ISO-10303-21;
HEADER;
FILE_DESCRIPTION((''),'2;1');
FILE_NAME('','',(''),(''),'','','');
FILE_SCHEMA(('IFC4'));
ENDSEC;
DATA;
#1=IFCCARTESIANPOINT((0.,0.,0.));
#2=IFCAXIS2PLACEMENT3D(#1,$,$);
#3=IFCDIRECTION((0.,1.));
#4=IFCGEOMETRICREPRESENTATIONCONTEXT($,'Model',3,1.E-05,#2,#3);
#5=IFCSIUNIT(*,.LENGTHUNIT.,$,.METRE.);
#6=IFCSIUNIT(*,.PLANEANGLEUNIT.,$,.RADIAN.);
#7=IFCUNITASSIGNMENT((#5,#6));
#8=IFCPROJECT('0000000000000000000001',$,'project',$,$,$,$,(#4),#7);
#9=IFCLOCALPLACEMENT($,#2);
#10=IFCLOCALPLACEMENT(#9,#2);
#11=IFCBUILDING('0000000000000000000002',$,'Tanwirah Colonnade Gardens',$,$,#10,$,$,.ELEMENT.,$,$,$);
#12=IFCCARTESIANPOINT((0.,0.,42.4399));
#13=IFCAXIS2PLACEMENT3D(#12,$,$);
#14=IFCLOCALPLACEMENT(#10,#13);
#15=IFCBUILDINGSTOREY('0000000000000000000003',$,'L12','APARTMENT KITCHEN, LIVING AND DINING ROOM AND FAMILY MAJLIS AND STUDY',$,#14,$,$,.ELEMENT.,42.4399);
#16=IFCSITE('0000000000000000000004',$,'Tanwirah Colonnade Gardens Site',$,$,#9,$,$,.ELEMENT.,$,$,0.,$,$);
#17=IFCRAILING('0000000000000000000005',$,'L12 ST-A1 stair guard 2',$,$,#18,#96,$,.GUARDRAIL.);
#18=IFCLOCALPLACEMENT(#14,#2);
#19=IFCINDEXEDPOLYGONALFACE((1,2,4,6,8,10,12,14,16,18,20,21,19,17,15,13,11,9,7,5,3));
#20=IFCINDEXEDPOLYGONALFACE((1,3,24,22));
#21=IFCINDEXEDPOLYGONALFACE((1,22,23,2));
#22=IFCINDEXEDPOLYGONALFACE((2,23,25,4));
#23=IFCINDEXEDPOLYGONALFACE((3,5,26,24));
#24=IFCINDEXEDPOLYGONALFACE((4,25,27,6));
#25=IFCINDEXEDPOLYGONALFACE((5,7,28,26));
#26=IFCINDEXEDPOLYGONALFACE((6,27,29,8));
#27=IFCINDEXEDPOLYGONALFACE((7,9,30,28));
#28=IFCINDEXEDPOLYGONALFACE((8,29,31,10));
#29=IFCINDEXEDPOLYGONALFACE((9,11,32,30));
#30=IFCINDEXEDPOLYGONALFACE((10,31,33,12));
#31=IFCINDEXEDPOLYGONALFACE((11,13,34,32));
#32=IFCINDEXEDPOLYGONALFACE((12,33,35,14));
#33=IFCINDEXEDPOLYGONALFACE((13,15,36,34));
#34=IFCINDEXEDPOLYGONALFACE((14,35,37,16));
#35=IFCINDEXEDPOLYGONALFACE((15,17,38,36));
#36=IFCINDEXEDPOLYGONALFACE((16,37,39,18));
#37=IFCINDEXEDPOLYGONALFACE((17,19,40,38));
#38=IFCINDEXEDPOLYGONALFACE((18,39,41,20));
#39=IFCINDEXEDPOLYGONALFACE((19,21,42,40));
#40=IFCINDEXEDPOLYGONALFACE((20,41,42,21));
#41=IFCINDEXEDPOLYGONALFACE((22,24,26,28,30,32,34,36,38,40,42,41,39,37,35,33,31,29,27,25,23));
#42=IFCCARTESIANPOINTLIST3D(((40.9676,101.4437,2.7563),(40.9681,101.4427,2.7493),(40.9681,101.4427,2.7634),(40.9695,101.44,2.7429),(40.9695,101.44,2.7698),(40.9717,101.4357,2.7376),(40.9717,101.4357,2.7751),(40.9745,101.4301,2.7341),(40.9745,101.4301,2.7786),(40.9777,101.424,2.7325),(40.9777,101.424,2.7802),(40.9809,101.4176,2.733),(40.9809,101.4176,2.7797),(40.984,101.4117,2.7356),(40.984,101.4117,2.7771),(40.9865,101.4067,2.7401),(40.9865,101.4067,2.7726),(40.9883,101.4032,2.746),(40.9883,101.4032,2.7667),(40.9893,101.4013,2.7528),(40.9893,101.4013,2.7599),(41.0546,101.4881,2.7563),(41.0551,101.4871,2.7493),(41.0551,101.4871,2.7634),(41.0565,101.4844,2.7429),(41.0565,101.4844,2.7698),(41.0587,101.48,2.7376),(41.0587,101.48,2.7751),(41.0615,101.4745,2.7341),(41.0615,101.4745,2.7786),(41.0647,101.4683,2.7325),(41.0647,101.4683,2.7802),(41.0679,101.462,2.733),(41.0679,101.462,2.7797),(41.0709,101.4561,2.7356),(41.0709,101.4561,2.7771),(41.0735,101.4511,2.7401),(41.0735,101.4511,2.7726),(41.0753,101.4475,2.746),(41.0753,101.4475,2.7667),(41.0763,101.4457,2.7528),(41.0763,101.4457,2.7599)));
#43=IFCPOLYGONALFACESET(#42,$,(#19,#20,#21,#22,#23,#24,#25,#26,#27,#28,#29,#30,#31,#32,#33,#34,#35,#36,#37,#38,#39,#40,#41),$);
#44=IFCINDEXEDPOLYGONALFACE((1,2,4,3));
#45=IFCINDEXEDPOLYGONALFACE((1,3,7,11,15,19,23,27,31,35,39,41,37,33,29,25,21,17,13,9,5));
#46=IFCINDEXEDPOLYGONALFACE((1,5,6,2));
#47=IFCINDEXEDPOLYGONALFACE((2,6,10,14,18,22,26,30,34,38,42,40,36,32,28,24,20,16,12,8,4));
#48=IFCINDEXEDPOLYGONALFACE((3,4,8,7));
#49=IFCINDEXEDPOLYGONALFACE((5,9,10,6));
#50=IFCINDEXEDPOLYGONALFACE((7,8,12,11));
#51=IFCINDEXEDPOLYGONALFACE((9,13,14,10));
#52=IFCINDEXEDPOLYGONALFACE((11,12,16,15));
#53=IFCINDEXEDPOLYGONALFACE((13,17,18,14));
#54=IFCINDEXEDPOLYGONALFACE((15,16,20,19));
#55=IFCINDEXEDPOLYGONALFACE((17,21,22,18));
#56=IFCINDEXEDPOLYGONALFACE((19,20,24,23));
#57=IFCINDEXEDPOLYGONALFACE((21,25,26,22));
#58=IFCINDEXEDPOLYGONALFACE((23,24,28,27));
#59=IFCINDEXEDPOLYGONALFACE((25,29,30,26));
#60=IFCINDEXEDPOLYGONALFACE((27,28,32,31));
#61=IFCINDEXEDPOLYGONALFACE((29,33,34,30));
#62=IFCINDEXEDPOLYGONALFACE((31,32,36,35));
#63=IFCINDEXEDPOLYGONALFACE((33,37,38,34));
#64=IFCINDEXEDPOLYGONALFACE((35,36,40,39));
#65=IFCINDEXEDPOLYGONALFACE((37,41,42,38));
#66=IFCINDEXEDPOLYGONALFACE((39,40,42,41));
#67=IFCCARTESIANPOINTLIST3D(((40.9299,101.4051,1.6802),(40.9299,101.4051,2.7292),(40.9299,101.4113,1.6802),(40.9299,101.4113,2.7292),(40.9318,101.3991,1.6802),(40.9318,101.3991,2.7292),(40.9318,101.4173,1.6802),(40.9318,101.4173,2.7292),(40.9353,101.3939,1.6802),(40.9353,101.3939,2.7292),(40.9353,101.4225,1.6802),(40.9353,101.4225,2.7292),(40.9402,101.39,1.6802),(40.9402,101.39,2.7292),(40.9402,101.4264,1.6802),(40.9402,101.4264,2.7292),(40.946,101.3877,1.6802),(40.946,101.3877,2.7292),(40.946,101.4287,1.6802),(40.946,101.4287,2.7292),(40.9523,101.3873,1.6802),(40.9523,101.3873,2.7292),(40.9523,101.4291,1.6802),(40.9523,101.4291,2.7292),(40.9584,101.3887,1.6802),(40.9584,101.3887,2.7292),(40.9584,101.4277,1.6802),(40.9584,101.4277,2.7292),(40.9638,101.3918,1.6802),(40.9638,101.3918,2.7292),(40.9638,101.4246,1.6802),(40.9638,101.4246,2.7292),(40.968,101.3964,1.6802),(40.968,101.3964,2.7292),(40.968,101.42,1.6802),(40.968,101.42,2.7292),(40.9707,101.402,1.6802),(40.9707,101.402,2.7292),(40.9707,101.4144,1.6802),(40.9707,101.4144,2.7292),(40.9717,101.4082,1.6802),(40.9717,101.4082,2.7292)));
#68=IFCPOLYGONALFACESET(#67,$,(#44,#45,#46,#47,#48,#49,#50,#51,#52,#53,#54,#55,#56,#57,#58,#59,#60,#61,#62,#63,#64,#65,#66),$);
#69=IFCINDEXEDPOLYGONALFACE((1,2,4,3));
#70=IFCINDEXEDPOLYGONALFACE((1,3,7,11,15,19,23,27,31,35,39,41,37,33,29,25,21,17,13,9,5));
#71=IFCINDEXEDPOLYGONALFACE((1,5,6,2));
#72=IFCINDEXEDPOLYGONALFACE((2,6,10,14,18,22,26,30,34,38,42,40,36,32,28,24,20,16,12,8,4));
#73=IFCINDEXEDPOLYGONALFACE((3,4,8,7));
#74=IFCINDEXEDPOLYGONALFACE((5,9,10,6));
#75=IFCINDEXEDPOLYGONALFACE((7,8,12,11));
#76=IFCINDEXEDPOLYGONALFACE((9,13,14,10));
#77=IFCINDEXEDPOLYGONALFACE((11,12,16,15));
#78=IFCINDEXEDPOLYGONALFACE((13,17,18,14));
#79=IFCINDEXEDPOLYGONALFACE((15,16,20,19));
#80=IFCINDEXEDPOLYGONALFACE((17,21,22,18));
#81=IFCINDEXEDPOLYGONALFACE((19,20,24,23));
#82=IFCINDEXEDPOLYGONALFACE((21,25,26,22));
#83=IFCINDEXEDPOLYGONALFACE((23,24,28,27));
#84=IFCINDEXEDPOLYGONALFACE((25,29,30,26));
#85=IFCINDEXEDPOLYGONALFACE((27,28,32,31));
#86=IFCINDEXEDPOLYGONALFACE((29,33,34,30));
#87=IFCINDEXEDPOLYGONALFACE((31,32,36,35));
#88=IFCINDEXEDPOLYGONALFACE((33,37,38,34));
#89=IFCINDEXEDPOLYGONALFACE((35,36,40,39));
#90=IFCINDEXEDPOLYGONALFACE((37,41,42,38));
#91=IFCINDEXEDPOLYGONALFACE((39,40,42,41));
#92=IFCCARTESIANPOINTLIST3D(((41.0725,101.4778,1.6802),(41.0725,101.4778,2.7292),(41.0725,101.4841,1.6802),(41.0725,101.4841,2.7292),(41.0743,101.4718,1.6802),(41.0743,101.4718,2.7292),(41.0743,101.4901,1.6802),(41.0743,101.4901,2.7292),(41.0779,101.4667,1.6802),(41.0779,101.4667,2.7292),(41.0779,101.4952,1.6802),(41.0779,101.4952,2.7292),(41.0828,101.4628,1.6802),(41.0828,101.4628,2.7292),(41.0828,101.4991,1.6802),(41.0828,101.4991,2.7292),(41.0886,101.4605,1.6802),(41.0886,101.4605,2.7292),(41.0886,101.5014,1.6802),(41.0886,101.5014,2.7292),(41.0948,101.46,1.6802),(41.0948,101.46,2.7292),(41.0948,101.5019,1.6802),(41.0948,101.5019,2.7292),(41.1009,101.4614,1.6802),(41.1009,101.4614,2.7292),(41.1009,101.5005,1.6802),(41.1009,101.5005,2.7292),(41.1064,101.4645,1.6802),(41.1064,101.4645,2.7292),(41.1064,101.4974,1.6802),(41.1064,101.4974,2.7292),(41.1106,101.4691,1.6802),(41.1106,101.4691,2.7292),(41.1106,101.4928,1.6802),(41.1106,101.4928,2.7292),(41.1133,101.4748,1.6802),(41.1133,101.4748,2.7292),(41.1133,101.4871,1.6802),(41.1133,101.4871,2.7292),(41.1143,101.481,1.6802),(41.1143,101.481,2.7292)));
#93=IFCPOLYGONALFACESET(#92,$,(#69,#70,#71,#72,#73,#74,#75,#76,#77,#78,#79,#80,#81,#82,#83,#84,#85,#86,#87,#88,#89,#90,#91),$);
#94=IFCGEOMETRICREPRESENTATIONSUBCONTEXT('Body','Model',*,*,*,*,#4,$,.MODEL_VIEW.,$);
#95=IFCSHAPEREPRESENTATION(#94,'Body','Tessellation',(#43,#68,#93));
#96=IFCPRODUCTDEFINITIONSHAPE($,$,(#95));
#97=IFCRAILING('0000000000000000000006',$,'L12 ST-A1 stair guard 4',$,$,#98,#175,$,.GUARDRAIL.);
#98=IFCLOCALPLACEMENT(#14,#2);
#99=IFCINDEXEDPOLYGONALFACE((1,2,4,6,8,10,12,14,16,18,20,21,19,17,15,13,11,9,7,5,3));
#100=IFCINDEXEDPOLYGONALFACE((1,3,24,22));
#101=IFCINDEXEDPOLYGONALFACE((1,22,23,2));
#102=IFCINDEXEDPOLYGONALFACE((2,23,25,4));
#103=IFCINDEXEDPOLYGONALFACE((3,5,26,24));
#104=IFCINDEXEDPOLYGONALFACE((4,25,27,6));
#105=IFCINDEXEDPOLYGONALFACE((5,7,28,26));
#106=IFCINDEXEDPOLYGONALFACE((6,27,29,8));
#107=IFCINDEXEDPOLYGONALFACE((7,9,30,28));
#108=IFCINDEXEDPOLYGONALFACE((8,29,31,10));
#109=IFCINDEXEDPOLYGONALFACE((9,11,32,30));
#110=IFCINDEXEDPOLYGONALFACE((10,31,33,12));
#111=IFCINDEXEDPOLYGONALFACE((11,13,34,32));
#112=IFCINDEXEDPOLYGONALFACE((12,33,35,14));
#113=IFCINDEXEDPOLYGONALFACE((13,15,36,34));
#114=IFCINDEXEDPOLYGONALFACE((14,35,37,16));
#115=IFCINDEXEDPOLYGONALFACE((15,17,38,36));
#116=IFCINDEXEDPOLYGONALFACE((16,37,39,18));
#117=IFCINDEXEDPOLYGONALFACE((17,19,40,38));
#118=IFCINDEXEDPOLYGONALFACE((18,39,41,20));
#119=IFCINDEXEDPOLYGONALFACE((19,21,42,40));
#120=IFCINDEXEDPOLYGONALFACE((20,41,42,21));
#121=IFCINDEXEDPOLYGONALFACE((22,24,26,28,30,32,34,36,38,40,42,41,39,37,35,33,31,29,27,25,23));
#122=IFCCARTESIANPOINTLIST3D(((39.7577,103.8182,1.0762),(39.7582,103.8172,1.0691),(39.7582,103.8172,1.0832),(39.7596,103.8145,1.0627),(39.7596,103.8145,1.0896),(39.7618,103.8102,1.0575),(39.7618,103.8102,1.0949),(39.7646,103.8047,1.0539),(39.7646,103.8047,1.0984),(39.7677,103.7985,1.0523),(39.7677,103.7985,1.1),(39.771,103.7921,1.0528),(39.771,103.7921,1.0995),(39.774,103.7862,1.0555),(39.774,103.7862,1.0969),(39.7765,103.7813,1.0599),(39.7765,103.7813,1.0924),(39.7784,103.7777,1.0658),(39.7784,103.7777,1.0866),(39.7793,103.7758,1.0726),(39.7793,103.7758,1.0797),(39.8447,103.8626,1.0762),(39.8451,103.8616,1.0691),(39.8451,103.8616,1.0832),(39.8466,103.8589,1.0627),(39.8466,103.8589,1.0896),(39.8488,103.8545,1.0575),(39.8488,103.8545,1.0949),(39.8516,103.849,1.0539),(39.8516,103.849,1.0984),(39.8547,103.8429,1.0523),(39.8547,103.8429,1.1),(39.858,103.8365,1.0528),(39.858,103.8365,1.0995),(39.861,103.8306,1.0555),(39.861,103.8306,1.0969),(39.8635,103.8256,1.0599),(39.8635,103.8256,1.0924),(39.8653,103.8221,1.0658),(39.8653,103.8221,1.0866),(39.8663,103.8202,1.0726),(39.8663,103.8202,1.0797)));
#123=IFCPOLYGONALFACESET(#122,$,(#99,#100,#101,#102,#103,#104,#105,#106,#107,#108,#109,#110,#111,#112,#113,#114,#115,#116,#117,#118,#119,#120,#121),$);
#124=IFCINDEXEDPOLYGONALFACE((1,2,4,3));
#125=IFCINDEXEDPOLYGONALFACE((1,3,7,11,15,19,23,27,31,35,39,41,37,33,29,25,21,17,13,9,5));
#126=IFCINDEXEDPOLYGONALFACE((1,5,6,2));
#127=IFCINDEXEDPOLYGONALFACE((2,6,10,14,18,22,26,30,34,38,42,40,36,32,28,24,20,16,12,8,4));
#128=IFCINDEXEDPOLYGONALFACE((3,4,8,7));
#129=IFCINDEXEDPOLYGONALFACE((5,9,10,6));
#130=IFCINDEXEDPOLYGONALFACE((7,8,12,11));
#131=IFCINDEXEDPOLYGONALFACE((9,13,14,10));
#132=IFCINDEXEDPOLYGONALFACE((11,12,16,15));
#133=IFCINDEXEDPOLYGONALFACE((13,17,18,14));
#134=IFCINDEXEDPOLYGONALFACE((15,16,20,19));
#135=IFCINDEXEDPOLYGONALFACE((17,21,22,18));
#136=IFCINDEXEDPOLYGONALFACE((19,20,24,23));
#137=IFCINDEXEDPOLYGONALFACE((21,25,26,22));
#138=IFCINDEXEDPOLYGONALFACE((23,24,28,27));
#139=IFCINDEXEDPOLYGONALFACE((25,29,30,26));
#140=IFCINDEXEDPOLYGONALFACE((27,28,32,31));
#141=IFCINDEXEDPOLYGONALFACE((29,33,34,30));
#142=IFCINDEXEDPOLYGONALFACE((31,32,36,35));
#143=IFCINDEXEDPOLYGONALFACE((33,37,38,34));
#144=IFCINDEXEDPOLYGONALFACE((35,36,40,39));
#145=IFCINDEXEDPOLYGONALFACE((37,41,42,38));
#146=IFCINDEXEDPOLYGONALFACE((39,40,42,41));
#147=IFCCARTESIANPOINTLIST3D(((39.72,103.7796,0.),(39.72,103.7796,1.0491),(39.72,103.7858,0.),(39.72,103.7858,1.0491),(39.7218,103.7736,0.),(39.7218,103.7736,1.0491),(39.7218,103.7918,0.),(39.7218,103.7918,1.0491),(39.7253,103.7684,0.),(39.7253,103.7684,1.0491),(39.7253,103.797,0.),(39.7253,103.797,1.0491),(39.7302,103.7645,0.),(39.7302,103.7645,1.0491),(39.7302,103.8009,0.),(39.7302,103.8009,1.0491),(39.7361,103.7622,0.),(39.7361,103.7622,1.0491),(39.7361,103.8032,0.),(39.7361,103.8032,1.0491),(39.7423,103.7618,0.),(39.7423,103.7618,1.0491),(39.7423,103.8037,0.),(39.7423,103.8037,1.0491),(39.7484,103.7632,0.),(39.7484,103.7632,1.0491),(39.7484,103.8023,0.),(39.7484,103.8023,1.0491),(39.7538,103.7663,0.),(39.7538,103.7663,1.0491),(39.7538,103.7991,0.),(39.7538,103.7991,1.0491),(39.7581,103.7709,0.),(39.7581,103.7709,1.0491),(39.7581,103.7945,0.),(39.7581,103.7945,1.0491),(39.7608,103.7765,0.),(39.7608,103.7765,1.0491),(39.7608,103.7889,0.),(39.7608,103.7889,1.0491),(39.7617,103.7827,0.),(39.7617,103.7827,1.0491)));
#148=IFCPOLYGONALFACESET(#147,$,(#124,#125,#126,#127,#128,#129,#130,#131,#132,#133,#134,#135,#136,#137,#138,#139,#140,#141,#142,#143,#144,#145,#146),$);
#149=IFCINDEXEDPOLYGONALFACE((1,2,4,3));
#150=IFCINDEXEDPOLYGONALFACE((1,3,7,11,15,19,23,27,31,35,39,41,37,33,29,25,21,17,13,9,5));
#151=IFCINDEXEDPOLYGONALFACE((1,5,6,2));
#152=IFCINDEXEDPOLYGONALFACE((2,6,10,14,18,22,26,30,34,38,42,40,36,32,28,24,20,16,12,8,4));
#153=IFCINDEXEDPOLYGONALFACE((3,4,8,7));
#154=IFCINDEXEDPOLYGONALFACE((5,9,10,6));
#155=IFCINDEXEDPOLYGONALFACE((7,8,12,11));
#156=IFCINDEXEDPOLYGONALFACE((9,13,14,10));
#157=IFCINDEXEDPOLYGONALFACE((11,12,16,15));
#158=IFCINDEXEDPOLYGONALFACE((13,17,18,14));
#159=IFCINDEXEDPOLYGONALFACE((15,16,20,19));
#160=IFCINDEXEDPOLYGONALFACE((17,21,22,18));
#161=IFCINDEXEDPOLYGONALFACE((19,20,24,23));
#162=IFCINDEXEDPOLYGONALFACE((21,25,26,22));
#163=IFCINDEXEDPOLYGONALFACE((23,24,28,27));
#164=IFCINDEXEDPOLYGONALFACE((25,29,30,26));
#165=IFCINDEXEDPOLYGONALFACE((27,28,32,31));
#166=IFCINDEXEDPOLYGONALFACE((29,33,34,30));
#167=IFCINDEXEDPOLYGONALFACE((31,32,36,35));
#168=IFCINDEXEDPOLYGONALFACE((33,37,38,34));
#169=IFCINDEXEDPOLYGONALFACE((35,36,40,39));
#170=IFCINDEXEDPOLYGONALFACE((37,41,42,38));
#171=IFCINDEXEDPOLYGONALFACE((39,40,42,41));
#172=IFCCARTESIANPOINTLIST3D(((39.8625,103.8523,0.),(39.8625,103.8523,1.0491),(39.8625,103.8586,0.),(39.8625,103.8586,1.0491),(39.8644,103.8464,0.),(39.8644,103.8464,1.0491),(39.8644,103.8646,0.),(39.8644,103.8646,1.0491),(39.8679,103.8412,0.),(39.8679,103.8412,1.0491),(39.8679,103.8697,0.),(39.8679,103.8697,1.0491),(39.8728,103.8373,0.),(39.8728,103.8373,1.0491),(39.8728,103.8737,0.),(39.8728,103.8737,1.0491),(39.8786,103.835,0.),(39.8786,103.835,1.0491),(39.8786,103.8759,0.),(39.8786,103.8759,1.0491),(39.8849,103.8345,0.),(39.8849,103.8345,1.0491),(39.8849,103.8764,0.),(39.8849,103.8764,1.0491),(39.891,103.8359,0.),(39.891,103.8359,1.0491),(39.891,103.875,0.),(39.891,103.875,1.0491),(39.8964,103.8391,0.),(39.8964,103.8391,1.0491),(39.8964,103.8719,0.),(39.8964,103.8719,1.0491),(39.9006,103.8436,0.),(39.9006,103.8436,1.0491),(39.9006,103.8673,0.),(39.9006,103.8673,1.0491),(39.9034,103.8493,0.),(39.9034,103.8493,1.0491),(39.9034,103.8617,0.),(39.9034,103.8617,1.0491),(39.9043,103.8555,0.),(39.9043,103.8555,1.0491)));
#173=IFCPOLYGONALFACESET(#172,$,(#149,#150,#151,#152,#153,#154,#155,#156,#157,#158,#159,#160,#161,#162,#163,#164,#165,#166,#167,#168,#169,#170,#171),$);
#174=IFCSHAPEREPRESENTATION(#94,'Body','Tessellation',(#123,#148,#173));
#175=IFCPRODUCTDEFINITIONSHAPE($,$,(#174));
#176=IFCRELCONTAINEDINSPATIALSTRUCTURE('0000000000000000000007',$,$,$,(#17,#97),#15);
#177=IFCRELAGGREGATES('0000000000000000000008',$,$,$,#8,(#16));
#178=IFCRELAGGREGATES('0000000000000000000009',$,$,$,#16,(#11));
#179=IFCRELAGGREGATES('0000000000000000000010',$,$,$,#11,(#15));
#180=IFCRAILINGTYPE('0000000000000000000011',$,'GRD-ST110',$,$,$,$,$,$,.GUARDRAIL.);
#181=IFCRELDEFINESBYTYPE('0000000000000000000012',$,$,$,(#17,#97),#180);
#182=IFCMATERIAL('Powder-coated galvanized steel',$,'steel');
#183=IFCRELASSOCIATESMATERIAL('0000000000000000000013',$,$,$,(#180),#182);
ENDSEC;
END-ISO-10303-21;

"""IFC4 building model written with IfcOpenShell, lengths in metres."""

from ifc_helpers import new_model, si_unit, direction, frame, origin, origin_2d, place, context, subcontext, project, spatial, circle, extrude, material, type_object, element, save


model = new_model("IFC4")

# Units and contexts
model_context = context("Model", 3, precision=1e-05, world=origin(), true_north=direction((0.0, 1.0)))
body_context = subcontext(model_context, "Body", "Model", "MODEL_VIEW")
ifc_project = project(units=[si_unit("LENGTHUNIT", "METRE"), si_unit("PLANEANGLEUNIT", "RADIAN")], contexts=[model_context])

# Site, building, storey
site_placement = place(None, origin())
site = spatial("IfcSite", under=ifc_project, at=site_placement, Name="Tanwirah Colonnade Gardens Site", CompositionType="ELEMENT", RefElevation=0.0)
building_placement = place(site_placement, origin())
building = spatial("IfcBuilding", under=site, at=building_placement, Name="Tanwirah Colonnade Gardens", CompositionType="ELEMENT")
storey_placement = place(building_placement, frame((0.0, 0.0, 42.4399)))
storey = spatial("IfcBuildingStorey", under=building, at=storey_placement, Name="L12", Description="APARTMENT KITCHEN, LIVING AND DINING ROOM AND FAMILY MAJLIS AND STUDY", CompositionType="ELEMENT", Elevation=42.4399)

# Railings
ifc_material_1 = material(Name="Powder-coated galvanized steel", Category="steel")
railing_type_1 = type_object("IfcRailingType", Name="GRD-ST110", PredefinedType="GUARDRAIL", material=ifc_material_1)
for number, where, name in (
    (1, (40.9507, 101.4082, 1.6802), "L12 ST-A1 stair guard 2"),
    (2, (39.7407, 103.7827, 0.0), "L12 ST-A1 stair guard 4"),
):
    element("IfcRailing", number, at=place(storey_placement, frame(where)), inside=storey, type_object=railing_type_1, Name=name, PredefinedType="GUARDRAIL", context=body_context, shape_type="SweptSolid", body=[
        extrude(circle(Radius=0.0239, at=origin_2d()), frame((0.0278, 0.0142, 1.0762), z_axis=(0.890737, 0.45452, 0.0), x_axis=(-0.45452, 0.890737, 0.0)), (0.0, 0.0, 1.0), 0.0977),
        extrude(circle(Radius=0.021, at=origin_2d()), origin(), (0.0, 0.0, 1.0), 1.0491),
        extrude(circle(Radius=0.021, at=origin_2d()), frame((0.1426, 0.0728, 0.0)), (0.0, 0.0, 1.0), 1.0491),
    ])

save(model, "model.ifc")
